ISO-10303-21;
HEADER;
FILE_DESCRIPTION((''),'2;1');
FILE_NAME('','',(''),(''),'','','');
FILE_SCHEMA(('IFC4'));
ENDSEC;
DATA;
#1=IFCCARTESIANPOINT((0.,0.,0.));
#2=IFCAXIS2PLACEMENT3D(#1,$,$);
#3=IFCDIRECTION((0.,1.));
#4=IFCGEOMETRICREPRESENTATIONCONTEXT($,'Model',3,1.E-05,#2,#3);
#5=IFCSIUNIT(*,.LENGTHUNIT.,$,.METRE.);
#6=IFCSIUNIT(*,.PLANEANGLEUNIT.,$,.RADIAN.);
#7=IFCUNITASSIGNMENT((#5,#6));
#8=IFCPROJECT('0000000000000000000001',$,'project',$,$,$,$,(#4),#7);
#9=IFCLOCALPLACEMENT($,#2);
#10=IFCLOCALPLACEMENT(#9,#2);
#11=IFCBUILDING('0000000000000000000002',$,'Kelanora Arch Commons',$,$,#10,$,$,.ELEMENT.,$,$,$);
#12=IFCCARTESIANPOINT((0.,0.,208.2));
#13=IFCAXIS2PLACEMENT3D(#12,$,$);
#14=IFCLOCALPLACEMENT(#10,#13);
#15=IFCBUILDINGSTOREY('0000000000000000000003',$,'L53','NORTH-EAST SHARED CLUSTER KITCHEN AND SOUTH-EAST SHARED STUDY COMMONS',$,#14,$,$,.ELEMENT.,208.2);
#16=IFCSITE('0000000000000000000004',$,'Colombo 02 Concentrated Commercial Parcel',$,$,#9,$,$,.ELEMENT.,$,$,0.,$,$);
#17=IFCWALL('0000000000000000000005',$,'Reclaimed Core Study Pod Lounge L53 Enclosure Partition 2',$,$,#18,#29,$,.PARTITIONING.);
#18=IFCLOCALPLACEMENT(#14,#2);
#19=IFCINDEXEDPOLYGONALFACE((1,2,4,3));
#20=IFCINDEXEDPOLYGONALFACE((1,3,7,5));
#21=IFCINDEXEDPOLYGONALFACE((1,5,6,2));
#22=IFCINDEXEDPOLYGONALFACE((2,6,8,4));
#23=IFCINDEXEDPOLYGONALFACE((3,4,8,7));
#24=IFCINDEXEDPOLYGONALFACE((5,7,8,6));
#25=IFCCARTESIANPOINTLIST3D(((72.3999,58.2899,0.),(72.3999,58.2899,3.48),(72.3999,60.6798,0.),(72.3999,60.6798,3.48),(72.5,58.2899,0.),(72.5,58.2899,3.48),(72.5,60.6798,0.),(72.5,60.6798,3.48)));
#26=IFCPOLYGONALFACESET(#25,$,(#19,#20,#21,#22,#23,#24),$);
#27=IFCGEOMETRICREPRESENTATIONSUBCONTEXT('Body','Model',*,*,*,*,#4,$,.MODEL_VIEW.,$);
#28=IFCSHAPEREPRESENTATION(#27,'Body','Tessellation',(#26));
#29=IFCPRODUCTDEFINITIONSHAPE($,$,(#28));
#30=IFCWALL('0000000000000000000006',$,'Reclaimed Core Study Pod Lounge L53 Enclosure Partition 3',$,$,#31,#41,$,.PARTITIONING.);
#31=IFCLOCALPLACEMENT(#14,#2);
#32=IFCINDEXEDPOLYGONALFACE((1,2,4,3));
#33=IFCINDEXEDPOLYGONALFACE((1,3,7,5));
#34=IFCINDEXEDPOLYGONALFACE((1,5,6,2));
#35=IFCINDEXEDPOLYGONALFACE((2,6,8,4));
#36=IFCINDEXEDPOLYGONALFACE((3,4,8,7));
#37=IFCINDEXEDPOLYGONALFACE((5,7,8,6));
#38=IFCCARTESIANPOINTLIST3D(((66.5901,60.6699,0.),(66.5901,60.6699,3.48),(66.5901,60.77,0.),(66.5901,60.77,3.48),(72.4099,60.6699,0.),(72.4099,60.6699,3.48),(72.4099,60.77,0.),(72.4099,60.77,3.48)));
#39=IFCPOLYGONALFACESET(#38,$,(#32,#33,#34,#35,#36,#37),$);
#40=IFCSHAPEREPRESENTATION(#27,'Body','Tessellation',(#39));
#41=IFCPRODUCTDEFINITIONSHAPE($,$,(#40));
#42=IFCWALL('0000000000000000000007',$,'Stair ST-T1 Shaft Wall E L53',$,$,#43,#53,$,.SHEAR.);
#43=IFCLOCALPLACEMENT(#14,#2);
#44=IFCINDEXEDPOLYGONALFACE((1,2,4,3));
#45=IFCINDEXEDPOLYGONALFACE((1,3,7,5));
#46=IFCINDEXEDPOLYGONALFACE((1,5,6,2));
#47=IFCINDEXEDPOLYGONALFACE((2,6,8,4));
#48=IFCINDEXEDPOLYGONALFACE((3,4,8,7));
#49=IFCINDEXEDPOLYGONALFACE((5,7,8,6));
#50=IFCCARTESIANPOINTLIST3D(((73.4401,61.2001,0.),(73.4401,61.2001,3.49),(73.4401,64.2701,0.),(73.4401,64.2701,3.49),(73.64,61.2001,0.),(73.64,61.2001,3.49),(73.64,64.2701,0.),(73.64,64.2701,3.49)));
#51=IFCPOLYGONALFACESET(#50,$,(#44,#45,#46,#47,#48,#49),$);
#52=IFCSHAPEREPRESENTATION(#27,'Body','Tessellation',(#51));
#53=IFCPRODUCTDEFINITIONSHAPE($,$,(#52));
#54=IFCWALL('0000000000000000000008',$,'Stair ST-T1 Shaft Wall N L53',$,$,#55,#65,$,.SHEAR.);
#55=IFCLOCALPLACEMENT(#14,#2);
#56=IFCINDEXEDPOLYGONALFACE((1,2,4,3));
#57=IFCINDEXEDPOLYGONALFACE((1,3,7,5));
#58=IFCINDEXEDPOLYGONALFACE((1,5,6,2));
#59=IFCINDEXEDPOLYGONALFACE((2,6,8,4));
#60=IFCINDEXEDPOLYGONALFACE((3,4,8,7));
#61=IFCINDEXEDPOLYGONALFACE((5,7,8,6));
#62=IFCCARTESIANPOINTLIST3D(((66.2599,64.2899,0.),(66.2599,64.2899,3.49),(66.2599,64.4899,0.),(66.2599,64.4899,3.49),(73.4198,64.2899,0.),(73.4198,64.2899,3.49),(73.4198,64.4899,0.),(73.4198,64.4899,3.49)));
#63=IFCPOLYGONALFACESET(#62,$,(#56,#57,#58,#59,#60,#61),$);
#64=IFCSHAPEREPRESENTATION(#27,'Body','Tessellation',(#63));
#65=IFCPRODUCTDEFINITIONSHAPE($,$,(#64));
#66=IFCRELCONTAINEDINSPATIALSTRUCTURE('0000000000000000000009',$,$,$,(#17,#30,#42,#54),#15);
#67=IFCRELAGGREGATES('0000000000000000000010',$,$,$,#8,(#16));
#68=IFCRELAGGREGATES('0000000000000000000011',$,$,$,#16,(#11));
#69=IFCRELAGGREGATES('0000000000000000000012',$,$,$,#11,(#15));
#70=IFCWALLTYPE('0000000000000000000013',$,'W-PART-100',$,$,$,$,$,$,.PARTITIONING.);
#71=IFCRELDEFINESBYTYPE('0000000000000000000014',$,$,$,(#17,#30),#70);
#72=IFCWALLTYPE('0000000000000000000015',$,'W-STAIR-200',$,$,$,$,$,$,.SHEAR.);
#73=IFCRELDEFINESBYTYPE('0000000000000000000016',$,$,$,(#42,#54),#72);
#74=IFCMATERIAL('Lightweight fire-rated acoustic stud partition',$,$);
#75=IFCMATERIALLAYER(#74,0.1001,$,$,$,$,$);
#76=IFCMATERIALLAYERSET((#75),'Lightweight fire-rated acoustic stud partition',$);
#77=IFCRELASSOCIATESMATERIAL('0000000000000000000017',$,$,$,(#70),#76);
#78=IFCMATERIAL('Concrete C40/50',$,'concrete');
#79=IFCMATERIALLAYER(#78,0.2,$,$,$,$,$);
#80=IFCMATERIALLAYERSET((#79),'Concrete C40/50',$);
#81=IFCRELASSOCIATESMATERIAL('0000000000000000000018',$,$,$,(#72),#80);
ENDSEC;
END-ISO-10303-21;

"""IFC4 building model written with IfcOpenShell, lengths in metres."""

from ifc_helpers import new_model, si_unit, direction, frame, frame_2d, origin, place, context, subcontext, project, spatial, rectangle, extrude, material, layer, layer_set, type_object, element, save


model = new_model("IFC4")

# Units and contexts
model_context = context("Model", 3, precision=1e-05, world=origin(), true_north=direction((0.0, 1.0)))
body_context = subcontext(model_context, "Body", "Model", "MODEL_VIEW")
ifc_project = project(units=[si_unit("LENGTHUNIT", "METRE"), si_unit("PLANEANGLEUNIT", "RADIAN")], contexts=[model_context])

# Site, building, storey
site_placement = place(None, origin())
site = spatial("IfcSite", under=ifc_project, at=site_placement, Name="Colombo 02 Concentrated Commercial Parcel", CompositionType="ELEMENT", RefElevation=0.0)
building_placement = place(site_placement, origin())
building = spatial("IfcBuilding", under=site, at=building_placement, Name="Kelanora Arch Commons", CompositionType="ELEMENT")
storey_placement = place(building_placement, frame((0.0, 0.0, 208.2)))
storey = spatial("IfcBuildingStorey", under=building, at=storey_placement, Name="L53", Description="NORTH-EAST SHARED CLUSTER KITCHEN AND SOUTH-EAST SHARED STUDY COMMONS", CompositionType="ELEMENT", Elevation=208.2)

# Shared definitions
ifc_material_1 = material(Name="Concrete C40/50", Category="concrete")

# Walls
ifc_material_2 = material(Name="Lightweight fire-rated acoustic stud partition")
ifc_layer_1 = layer(ifc_material_2, 0.1001)
ifc_layer_set_1 = layer_set([ifc_layer_1], Name="Lightweight fire-rated acoustic stud partition")
wall_type_1 = type_object("IfcWallType", Name="W-PART-100", PredefinedType="PARTITIONING", material=ifc_layer_set_1)
wall_1_placement = place(storey_placement, frame((72.45, 58.29, 0.0), z_axis=(0.0, 0.0, 1.0), x_axis=(0.0, 1.0, 0.0)))
element("IfcWall", 1, at=wall_1_placement, inside=storey, type_object=wall_type_1, Name="Reclaimed Core Study Pod Lounge L53 Enclosure Partition 2", PredefinedType="PARTITIONING", context=body_context, shape_type="SweptSolid", body=[
    extrude(rectangle(XDim=2.3899, YDim=0.1001, at=frame_2d((1.1948, 0.0))), origin(), (0.0, 0.0, 1.0), 3.48),
])
wall_2_placement = place(storey_placement, frame((72.4099, 60.72, 0.0), z_axis=(0.0, 0.0, 1.0), x_axis=(-1.0, 0.0, 0.0)))
element("IfcWall", 2, at=wall_2_placement, inside=storey, type_object=wall_type_1, Name="Reclaimed Core Study Pod Lounge L53 Enclosure Partition 3", PredefinedType="PARTITIONING", context=body_context, shape_type="SweptSolid", body=[
    extrude(rectangle(XDim=5.8198, YDim=0.1001, at=frame_2d((2.9099, 0.0))), origin(), (0.0, 0.0, 1.0), 3.48),
])
ifc_layer_2 = layer(ifc_material_1, 0.2)
ifc_layer_set_2 = layer_set([ifc_layer_2], Name="Concrete C40/50")
wall_type_2 = type_object("IfcWallType", Name="W-STAIR-200", PredefinedType="SHEAR", material=ifc_layer_set_2)
wall_3_placement = place(storey_placement, frame((73.54, 61.2, 0.0), z_axis=(0.0, 0.0, 1.0), x_axis=(0.0, 1.0, 0.0)))
element("IfcWall", 3, at=wall_3_placement, inside=storey, type_object=wall_type_2, Name="Stair ST-T1 Shaft Wall E L53", PredefinedType="SHEAR", context=body_context, shape_type="SweptSolid", body=[
    extrude(rectangle(XDim=3.0701, YDim=0.2, at=frame_2d((1.5352, 0.0))), origin(), (0.0, 0.0, 1.0), 3.49),
])
wall_4_placement = place(storey_placement, frame((73.4199, 64.3899, 0.0), z_axis=(0.0, 0.0, 1.0), x_axis=(-1.0, 0.0, 0.0)))
element("IfcWall", 4, at=wall_4_placement, inside=storey, type_object=wall_type_2, Name="Stair ST-T1 Shaft Wall N L53", PredefinedType="SHEAR", context=body_context, shape_type="SweptSolid", body=[
    extrude(rectangle(XDim=7.1599, YDim=0.2, at=frame_2d((3.5801, 0.0))), origin(), (0.0, 0.0, 1.0), 3.49),
])

save(model, "model.ifc")
